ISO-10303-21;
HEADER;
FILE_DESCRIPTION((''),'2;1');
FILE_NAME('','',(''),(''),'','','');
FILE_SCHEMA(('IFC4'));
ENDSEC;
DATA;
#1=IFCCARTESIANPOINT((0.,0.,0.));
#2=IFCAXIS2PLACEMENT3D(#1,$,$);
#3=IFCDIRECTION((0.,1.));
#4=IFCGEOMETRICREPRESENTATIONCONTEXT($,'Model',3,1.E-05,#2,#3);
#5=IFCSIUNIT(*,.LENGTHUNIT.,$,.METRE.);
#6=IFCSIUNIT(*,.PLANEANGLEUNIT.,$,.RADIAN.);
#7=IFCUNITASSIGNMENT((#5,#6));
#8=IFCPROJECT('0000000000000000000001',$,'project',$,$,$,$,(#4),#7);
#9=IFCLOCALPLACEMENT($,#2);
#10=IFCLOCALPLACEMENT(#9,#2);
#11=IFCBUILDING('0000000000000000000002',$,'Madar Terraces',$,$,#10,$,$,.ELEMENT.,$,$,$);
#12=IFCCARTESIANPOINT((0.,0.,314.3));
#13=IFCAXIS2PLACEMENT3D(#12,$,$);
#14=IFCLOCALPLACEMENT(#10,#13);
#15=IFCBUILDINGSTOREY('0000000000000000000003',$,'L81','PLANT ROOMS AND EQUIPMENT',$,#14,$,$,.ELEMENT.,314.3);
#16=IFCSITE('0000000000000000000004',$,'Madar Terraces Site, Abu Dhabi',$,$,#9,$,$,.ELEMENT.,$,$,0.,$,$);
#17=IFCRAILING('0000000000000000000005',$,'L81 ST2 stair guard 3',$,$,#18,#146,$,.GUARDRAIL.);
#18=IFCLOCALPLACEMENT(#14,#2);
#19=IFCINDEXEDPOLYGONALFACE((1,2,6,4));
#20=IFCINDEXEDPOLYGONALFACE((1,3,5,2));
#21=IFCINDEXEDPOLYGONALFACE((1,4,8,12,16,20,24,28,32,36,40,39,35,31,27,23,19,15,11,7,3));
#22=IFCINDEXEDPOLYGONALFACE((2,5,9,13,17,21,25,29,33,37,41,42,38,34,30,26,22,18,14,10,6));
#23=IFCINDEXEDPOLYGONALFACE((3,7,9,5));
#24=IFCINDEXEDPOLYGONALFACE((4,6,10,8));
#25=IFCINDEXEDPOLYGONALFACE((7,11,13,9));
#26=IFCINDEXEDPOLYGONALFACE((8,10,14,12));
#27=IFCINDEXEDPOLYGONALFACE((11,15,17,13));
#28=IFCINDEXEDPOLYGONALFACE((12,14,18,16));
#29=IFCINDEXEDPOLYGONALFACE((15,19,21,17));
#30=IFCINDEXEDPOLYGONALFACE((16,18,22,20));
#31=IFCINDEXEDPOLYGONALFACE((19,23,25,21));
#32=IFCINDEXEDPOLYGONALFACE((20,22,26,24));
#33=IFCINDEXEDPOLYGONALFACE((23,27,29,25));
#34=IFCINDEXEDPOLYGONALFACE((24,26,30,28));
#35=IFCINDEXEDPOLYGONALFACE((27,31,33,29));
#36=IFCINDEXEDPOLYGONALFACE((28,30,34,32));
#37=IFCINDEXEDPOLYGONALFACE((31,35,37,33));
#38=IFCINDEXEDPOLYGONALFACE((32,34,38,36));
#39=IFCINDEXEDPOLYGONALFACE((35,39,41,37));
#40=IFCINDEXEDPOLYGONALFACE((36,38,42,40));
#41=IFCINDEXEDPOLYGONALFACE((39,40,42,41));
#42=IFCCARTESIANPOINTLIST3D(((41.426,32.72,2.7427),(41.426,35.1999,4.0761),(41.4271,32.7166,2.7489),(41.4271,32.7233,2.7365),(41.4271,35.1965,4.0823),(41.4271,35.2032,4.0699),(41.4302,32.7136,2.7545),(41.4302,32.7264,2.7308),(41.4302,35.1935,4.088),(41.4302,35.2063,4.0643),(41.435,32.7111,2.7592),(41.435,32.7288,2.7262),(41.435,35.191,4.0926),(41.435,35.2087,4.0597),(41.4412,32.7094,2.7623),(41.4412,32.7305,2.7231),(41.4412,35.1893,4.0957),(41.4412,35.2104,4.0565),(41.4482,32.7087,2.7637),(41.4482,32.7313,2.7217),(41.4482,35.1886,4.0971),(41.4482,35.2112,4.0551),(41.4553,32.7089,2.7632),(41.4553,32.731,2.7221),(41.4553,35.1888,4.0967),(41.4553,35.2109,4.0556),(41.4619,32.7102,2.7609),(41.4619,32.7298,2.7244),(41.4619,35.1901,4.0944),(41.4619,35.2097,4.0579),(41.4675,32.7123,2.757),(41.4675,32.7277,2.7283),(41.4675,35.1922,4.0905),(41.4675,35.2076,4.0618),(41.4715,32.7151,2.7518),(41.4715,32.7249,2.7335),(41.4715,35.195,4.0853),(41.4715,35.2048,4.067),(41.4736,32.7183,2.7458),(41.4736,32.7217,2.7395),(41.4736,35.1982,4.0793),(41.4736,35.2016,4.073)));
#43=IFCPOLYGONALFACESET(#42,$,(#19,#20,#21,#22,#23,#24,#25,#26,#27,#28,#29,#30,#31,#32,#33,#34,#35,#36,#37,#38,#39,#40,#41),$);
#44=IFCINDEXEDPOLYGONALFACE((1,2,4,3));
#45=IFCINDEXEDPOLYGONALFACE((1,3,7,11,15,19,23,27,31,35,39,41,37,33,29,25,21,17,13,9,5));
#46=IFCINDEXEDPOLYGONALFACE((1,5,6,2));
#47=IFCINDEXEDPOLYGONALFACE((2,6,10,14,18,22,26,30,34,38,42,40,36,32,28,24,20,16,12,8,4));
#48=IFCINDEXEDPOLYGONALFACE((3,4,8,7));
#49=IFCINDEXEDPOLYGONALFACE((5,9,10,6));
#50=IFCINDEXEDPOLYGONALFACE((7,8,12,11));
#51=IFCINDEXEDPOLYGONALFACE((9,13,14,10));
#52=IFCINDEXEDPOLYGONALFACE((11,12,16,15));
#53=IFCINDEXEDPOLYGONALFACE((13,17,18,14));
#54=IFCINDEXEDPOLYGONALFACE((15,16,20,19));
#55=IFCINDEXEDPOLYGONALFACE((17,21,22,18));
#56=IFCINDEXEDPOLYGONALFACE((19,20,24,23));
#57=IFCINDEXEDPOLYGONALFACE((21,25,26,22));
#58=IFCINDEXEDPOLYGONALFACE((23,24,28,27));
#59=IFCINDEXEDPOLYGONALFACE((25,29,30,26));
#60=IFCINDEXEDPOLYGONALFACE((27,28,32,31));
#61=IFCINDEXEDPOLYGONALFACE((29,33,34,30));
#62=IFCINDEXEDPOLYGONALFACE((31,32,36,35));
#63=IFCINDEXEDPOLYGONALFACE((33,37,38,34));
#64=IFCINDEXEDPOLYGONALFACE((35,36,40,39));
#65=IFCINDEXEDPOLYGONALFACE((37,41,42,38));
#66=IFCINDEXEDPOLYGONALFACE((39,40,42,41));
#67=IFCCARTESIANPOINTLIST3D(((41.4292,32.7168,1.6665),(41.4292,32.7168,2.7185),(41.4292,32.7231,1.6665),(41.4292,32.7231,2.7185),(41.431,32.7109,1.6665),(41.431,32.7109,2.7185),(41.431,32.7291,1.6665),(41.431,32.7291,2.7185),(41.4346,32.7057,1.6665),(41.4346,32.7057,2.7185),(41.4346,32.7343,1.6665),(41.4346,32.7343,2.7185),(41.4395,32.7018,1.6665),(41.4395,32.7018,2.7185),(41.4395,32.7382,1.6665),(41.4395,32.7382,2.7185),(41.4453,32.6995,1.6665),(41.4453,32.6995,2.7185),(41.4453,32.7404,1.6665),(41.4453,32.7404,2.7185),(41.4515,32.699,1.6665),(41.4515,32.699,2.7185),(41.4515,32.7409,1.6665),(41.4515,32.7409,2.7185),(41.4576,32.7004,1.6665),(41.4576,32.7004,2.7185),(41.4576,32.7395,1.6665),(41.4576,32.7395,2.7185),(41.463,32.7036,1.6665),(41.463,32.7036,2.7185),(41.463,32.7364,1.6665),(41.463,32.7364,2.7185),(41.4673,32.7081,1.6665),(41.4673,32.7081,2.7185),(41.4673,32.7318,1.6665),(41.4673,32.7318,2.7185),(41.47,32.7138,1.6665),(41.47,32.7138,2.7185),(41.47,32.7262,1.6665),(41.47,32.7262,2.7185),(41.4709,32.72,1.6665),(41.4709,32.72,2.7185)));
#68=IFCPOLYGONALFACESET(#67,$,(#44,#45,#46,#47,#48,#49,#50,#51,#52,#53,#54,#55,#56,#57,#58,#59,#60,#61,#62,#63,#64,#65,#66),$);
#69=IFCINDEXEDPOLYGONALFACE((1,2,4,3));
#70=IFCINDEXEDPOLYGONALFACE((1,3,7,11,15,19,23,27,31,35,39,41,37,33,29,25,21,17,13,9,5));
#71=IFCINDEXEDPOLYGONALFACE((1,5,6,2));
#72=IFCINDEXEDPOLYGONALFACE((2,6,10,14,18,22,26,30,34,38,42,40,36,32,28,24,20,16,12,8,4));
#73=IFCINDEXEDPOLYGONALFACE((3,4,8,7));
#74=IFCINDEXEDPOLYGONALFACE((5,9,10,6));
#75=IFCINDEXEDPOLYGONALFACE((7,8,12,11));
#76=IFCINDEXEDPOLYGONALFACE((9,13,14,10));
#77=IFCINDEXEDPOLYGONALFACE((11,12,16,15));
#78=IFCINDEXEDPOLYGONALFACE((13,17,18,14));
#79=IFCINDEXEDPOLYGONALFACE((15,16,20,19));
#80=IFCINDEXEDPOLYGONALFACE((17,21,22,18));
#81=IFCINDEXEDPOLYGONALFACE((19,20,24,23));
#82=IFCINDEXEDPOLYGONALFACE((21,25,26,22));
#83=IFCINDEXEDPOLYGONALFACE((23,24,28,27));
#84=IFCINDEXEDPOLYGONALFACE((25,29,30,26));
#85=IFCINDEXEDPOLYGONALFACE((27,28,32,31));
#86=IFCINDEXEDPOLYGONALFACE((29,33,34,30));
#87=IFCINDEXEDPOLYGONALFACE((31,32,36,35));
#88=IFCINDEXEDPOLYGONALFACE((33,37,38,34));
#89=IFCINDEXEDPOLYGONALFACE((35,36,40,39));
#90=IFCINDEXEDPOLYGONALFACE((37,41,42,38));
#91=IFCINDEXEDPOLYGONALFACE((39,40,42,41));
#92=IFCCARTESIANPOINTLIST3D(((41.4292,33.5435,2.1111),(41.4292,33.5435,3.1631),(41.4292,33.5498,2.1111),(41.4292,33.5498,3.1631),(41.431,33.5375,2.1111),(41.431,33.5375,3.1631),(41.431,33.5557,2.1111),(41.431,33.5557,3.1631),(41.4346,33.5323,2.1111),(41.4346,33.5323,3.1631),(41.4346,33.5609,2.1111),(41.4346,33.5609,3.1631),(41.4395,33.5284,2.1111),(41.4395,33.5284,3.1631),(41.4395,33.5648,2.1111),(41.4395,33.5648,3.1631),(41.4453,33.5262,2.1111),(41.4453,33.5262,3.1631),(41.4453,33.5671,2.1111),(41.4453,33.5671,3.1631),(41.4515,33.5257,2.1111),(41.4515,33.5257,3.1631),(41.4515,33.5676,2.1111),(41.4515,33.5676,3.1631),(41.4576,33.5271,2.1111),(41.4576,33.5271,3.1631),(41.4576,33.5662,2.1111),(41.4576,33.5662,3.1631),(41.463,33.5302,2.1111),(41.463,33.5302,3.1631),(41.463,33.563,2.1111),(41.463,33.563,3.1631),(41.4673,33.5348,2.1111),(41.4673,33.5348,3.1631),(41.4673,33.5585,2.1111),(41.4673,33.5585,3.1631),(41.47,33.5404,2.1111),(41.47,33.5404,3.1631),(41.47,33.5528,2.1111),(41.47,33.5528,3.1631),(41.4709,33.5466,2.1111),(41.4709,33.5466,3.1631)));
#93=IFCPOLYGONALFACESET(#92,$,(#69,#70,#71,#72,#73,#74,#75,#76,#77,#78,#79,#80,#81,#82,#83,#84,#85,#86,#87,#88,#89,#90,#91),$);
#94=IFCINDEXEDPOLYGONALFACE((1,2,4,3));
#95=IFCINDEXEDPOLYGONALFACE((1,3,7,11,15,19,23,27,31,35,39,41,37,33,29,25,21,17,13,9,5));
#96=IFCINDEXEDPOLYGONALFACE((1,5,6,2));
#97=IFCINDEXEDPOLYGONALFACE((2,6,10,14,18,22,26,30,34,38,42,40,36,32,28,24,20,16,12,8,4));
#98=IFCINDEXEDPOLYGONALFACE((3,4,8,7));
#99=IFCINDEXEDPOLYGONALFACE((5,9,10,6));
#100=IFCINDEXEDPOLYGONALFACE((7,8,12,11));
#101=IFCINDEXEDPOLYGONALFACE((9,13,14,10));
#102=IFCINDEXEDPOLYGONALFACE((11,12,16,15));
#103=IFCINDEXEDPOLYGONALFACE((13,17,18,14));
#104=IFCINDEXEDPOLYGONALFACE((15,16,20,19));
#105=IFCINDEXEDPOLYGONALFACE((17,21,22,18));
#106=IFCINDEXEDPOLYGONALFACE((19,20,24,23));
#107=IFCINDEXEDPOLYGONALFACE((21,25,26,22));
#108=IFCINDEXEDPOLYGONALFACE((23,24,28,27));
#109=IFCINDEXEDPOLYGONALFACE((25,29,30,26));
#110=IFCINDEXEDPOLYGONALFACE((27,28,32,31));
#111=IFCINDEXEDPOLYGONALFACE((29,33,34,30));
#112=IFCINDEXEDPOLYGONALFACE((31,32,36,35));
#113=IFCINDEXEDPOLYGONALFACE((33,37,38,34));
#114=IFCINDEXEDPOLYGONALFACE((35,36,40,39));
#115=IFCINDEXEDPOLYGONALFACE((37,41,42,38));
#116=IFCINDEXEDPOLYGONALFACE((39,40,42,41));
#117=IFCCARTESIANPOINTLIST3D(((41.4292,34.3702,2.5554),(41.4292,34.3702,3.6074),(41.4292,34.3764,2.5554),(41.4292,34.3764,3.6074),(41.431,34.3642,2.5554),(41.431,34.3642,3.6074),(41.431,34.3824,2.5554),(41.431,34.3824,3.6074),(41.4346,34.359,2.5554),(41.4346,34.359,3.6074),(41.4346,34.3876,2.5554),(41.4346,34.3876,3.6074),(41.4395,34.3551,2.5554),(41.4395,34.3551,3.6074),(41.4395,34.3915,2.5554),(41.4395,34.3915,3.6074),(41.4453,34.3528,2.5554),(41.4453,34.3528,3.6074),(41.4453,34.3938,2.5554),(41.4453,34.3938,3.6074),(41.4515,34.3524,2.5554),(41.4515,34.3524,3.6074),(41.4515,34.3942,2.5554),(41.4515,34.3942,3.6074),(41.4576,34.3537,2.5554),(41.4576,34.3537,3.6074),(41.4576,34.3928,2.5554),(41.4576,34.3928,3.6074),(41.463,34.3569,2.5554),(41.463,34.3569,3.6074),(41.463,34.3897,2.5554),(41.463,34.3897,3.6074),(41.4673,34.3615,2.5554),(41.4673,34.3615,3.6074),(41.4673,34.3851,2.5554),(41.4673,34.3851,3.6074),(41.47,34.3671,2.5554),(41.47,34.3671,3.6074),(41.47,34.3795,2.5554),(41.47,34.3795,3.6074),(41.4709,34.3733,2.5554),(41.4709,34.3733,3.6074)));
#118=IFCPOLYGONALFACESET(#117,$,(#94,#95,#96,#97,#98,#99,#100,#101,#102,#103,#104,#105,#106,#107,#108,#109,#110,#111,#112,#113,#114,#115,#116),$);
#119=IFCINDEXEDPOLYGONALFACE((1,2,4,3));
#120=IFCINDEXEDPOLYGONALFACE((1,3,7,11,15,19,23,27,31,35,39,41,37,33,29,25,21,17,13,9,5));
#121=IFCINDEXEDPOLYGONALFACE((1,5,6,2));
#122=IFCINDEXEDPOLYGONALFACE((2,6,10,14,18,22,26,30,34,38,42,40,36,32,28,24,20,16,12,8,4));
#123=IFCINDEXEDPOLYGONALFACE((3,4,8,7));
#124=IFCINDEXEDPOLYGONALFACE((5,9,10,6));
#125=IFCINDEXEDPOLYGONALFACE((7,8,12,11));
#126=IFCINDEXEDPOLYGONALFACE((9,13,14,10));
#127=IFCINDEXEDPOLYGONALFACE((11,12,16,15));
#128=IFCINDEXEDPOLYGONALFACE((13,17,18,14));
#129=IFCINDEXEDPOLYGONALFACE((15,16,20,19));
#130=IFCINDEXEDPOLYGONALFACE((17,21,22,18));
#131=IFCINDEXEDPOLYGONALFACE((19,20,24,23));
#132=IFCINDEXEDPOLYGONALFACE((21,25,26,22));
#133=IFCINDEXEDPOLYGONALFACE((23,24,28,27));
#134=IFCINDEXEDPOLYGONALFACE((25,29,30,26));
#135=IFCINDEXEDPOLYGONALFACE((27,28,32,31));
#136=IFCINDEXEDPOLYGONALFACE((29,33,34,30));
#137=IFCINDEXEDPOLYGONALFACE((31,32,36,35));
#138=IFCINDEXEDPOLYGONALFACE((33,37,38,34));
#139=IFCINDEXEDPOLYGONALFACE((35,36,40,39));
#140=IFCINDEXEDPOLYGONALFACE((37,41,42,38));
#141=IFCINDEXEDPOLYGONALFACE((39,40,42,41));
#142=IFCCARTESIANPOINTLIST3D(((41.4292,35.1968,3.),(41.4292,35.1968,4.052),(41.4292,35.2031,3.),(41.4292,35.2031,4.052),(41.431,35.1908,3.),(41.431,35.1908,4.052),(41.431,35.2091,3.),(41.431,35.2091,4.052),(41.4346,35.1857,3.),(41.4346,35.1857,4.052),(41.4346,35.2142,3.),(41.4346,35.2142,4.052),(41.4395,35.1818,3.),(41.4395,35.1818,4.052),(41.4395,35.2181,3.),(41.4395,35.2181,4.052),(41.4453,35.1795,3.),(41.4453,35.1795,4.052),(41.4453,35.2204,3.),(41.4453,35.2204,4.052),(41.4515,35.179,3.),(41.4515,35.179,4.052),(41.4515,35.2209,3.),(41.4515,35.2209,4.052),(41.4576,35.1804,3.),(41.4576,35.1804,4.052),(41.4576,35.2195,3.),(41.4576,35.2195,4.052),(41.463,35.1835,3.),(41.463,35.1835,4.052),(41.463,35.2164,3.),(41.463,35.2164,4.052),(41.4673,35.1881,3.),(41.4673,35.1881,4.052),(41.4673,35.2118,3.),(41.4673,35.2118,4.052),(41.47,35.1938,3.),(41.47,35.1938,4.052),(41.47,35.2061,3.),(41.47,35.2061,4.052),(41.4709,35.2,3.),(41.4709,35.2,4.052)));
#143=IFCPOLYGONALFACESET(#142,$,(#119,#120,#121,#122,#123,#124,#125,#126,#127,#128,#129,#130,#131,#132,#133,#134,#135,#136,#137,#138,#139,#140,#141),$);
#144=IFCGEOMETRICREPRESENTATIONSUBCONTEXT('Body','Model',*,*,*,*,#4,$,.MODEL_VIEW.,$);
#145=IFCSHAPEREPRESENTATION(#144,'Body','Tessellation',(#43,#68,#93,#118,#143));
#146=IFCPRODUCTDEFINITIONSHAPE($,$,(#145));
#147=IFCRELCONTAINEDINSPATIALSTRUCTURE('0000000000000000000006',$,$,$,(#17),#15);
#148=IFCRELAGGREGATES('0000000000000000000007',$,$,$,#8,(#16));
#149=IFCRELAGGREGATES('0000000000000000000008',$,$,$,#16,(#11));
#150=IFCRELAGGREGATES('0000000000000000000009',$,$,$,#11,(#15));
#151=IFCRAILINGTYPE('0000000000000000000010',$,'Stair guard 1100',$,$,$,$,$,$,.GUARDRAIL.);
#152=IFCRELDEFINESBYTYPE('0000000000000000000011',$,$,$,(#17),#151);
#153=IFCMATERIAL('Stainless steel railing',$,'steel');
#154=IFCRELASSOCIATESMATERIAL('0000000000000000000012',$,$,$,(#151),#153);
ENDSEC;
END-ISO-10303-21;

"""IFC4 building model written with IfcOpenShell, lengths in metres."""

from ifc_helpers import new_model, si_unit, direction, frame, origin, origin_2d, place, context, subcontext, project, spatial, circle, extrude, material, type_object, element, save


model = new_model("IFC4")

# Units and contexts
model_context = context("Model", 3, precision=1e-05, world=origin(), true_north=direction((0.0, 1.0)))
body_context = subcontext(model_context, "Body", "Model", "MODEL_VIEW")
ifc_project = project(units=[si_unit("LENGTHUNIT", "METRE"), si_unit("PLANEANGLEUNIT", "RADIAN")], contexts=[model_context])

# Site, building, storey
site_placement = place(None, origin())
site = spatial("IfcSite", under=ifc_project, at=site_placement, Name="Madar Terraces Site, Abu Dhabi", CompositionType="ELEMENT", RefElevation=0.0)
building_placement = place(site_placement, origin())
building = spatial("IfcBuilding", under=site, at=building_placement, Name="Madar Terraces", CompositionType="ELEMENT")
storey_placement = place(building_placement, frame((0.0, 0.0, 314.3)))
storey = spatial("IfcBuildingStorey", under=building, at=storey_placement, Name="L81", Description="PLANT ROOMS AND EQUIPMENT", CompositionType="ELEMENT", Elevation=314.3)

# Railing
ifc_material_1 = material(Name="Stainless steel railing", Category="steel")
railing_type_1 = type_object("IfcRailingType", Name="Stair guard 1100", PredefinedType="GUARDRAIL", material=ifc_material_1)
railing_1_placement = place(storey_placement, frame((41.45, 32.72, 1.6665)))
element("IfcRailing", 1, at=railing_1_placement, inside=storey, type_object=railing_type_1, Name="L81 ST2 stair guard 3", PredefinedType="GUARDRAIL", context=body_context, shape_type="SweptSolid", body=[
    extrude(circle(Radius=0.0239, at=origin_2d()), frame((0.0, 0.0, 1.0762), z_axis=(0.0, 0.880749, 0.473583), x_axis=(-1.0, 0.0, 0.0)), (0.0, 0.0, 1.0), 2.8157),
    extrude(circle(Radius=0.021, at=origin_2d()), origin(), (0.0, 0.0, 1.0), 1.052),
    extrude(circle(Radius=0.021, at=origin_2d()), frame((0.0, 0.8267, 0.4446)), (0.0, 0.0, 1.0), 1.052),
    extrude(circle(Radius=0.021, at=origin_2d()), frame((0.0, 1.6533, 0.8889)), (0.0, 0.0, 1.0), 1.052),
    extrude(circle(Radius=0.021, at=origin_2d()), frame((0.0, 2.48, 1.3335)), (0.0, 0.0, 1.0), 1.052),
])

save(model, "model.ifc")
